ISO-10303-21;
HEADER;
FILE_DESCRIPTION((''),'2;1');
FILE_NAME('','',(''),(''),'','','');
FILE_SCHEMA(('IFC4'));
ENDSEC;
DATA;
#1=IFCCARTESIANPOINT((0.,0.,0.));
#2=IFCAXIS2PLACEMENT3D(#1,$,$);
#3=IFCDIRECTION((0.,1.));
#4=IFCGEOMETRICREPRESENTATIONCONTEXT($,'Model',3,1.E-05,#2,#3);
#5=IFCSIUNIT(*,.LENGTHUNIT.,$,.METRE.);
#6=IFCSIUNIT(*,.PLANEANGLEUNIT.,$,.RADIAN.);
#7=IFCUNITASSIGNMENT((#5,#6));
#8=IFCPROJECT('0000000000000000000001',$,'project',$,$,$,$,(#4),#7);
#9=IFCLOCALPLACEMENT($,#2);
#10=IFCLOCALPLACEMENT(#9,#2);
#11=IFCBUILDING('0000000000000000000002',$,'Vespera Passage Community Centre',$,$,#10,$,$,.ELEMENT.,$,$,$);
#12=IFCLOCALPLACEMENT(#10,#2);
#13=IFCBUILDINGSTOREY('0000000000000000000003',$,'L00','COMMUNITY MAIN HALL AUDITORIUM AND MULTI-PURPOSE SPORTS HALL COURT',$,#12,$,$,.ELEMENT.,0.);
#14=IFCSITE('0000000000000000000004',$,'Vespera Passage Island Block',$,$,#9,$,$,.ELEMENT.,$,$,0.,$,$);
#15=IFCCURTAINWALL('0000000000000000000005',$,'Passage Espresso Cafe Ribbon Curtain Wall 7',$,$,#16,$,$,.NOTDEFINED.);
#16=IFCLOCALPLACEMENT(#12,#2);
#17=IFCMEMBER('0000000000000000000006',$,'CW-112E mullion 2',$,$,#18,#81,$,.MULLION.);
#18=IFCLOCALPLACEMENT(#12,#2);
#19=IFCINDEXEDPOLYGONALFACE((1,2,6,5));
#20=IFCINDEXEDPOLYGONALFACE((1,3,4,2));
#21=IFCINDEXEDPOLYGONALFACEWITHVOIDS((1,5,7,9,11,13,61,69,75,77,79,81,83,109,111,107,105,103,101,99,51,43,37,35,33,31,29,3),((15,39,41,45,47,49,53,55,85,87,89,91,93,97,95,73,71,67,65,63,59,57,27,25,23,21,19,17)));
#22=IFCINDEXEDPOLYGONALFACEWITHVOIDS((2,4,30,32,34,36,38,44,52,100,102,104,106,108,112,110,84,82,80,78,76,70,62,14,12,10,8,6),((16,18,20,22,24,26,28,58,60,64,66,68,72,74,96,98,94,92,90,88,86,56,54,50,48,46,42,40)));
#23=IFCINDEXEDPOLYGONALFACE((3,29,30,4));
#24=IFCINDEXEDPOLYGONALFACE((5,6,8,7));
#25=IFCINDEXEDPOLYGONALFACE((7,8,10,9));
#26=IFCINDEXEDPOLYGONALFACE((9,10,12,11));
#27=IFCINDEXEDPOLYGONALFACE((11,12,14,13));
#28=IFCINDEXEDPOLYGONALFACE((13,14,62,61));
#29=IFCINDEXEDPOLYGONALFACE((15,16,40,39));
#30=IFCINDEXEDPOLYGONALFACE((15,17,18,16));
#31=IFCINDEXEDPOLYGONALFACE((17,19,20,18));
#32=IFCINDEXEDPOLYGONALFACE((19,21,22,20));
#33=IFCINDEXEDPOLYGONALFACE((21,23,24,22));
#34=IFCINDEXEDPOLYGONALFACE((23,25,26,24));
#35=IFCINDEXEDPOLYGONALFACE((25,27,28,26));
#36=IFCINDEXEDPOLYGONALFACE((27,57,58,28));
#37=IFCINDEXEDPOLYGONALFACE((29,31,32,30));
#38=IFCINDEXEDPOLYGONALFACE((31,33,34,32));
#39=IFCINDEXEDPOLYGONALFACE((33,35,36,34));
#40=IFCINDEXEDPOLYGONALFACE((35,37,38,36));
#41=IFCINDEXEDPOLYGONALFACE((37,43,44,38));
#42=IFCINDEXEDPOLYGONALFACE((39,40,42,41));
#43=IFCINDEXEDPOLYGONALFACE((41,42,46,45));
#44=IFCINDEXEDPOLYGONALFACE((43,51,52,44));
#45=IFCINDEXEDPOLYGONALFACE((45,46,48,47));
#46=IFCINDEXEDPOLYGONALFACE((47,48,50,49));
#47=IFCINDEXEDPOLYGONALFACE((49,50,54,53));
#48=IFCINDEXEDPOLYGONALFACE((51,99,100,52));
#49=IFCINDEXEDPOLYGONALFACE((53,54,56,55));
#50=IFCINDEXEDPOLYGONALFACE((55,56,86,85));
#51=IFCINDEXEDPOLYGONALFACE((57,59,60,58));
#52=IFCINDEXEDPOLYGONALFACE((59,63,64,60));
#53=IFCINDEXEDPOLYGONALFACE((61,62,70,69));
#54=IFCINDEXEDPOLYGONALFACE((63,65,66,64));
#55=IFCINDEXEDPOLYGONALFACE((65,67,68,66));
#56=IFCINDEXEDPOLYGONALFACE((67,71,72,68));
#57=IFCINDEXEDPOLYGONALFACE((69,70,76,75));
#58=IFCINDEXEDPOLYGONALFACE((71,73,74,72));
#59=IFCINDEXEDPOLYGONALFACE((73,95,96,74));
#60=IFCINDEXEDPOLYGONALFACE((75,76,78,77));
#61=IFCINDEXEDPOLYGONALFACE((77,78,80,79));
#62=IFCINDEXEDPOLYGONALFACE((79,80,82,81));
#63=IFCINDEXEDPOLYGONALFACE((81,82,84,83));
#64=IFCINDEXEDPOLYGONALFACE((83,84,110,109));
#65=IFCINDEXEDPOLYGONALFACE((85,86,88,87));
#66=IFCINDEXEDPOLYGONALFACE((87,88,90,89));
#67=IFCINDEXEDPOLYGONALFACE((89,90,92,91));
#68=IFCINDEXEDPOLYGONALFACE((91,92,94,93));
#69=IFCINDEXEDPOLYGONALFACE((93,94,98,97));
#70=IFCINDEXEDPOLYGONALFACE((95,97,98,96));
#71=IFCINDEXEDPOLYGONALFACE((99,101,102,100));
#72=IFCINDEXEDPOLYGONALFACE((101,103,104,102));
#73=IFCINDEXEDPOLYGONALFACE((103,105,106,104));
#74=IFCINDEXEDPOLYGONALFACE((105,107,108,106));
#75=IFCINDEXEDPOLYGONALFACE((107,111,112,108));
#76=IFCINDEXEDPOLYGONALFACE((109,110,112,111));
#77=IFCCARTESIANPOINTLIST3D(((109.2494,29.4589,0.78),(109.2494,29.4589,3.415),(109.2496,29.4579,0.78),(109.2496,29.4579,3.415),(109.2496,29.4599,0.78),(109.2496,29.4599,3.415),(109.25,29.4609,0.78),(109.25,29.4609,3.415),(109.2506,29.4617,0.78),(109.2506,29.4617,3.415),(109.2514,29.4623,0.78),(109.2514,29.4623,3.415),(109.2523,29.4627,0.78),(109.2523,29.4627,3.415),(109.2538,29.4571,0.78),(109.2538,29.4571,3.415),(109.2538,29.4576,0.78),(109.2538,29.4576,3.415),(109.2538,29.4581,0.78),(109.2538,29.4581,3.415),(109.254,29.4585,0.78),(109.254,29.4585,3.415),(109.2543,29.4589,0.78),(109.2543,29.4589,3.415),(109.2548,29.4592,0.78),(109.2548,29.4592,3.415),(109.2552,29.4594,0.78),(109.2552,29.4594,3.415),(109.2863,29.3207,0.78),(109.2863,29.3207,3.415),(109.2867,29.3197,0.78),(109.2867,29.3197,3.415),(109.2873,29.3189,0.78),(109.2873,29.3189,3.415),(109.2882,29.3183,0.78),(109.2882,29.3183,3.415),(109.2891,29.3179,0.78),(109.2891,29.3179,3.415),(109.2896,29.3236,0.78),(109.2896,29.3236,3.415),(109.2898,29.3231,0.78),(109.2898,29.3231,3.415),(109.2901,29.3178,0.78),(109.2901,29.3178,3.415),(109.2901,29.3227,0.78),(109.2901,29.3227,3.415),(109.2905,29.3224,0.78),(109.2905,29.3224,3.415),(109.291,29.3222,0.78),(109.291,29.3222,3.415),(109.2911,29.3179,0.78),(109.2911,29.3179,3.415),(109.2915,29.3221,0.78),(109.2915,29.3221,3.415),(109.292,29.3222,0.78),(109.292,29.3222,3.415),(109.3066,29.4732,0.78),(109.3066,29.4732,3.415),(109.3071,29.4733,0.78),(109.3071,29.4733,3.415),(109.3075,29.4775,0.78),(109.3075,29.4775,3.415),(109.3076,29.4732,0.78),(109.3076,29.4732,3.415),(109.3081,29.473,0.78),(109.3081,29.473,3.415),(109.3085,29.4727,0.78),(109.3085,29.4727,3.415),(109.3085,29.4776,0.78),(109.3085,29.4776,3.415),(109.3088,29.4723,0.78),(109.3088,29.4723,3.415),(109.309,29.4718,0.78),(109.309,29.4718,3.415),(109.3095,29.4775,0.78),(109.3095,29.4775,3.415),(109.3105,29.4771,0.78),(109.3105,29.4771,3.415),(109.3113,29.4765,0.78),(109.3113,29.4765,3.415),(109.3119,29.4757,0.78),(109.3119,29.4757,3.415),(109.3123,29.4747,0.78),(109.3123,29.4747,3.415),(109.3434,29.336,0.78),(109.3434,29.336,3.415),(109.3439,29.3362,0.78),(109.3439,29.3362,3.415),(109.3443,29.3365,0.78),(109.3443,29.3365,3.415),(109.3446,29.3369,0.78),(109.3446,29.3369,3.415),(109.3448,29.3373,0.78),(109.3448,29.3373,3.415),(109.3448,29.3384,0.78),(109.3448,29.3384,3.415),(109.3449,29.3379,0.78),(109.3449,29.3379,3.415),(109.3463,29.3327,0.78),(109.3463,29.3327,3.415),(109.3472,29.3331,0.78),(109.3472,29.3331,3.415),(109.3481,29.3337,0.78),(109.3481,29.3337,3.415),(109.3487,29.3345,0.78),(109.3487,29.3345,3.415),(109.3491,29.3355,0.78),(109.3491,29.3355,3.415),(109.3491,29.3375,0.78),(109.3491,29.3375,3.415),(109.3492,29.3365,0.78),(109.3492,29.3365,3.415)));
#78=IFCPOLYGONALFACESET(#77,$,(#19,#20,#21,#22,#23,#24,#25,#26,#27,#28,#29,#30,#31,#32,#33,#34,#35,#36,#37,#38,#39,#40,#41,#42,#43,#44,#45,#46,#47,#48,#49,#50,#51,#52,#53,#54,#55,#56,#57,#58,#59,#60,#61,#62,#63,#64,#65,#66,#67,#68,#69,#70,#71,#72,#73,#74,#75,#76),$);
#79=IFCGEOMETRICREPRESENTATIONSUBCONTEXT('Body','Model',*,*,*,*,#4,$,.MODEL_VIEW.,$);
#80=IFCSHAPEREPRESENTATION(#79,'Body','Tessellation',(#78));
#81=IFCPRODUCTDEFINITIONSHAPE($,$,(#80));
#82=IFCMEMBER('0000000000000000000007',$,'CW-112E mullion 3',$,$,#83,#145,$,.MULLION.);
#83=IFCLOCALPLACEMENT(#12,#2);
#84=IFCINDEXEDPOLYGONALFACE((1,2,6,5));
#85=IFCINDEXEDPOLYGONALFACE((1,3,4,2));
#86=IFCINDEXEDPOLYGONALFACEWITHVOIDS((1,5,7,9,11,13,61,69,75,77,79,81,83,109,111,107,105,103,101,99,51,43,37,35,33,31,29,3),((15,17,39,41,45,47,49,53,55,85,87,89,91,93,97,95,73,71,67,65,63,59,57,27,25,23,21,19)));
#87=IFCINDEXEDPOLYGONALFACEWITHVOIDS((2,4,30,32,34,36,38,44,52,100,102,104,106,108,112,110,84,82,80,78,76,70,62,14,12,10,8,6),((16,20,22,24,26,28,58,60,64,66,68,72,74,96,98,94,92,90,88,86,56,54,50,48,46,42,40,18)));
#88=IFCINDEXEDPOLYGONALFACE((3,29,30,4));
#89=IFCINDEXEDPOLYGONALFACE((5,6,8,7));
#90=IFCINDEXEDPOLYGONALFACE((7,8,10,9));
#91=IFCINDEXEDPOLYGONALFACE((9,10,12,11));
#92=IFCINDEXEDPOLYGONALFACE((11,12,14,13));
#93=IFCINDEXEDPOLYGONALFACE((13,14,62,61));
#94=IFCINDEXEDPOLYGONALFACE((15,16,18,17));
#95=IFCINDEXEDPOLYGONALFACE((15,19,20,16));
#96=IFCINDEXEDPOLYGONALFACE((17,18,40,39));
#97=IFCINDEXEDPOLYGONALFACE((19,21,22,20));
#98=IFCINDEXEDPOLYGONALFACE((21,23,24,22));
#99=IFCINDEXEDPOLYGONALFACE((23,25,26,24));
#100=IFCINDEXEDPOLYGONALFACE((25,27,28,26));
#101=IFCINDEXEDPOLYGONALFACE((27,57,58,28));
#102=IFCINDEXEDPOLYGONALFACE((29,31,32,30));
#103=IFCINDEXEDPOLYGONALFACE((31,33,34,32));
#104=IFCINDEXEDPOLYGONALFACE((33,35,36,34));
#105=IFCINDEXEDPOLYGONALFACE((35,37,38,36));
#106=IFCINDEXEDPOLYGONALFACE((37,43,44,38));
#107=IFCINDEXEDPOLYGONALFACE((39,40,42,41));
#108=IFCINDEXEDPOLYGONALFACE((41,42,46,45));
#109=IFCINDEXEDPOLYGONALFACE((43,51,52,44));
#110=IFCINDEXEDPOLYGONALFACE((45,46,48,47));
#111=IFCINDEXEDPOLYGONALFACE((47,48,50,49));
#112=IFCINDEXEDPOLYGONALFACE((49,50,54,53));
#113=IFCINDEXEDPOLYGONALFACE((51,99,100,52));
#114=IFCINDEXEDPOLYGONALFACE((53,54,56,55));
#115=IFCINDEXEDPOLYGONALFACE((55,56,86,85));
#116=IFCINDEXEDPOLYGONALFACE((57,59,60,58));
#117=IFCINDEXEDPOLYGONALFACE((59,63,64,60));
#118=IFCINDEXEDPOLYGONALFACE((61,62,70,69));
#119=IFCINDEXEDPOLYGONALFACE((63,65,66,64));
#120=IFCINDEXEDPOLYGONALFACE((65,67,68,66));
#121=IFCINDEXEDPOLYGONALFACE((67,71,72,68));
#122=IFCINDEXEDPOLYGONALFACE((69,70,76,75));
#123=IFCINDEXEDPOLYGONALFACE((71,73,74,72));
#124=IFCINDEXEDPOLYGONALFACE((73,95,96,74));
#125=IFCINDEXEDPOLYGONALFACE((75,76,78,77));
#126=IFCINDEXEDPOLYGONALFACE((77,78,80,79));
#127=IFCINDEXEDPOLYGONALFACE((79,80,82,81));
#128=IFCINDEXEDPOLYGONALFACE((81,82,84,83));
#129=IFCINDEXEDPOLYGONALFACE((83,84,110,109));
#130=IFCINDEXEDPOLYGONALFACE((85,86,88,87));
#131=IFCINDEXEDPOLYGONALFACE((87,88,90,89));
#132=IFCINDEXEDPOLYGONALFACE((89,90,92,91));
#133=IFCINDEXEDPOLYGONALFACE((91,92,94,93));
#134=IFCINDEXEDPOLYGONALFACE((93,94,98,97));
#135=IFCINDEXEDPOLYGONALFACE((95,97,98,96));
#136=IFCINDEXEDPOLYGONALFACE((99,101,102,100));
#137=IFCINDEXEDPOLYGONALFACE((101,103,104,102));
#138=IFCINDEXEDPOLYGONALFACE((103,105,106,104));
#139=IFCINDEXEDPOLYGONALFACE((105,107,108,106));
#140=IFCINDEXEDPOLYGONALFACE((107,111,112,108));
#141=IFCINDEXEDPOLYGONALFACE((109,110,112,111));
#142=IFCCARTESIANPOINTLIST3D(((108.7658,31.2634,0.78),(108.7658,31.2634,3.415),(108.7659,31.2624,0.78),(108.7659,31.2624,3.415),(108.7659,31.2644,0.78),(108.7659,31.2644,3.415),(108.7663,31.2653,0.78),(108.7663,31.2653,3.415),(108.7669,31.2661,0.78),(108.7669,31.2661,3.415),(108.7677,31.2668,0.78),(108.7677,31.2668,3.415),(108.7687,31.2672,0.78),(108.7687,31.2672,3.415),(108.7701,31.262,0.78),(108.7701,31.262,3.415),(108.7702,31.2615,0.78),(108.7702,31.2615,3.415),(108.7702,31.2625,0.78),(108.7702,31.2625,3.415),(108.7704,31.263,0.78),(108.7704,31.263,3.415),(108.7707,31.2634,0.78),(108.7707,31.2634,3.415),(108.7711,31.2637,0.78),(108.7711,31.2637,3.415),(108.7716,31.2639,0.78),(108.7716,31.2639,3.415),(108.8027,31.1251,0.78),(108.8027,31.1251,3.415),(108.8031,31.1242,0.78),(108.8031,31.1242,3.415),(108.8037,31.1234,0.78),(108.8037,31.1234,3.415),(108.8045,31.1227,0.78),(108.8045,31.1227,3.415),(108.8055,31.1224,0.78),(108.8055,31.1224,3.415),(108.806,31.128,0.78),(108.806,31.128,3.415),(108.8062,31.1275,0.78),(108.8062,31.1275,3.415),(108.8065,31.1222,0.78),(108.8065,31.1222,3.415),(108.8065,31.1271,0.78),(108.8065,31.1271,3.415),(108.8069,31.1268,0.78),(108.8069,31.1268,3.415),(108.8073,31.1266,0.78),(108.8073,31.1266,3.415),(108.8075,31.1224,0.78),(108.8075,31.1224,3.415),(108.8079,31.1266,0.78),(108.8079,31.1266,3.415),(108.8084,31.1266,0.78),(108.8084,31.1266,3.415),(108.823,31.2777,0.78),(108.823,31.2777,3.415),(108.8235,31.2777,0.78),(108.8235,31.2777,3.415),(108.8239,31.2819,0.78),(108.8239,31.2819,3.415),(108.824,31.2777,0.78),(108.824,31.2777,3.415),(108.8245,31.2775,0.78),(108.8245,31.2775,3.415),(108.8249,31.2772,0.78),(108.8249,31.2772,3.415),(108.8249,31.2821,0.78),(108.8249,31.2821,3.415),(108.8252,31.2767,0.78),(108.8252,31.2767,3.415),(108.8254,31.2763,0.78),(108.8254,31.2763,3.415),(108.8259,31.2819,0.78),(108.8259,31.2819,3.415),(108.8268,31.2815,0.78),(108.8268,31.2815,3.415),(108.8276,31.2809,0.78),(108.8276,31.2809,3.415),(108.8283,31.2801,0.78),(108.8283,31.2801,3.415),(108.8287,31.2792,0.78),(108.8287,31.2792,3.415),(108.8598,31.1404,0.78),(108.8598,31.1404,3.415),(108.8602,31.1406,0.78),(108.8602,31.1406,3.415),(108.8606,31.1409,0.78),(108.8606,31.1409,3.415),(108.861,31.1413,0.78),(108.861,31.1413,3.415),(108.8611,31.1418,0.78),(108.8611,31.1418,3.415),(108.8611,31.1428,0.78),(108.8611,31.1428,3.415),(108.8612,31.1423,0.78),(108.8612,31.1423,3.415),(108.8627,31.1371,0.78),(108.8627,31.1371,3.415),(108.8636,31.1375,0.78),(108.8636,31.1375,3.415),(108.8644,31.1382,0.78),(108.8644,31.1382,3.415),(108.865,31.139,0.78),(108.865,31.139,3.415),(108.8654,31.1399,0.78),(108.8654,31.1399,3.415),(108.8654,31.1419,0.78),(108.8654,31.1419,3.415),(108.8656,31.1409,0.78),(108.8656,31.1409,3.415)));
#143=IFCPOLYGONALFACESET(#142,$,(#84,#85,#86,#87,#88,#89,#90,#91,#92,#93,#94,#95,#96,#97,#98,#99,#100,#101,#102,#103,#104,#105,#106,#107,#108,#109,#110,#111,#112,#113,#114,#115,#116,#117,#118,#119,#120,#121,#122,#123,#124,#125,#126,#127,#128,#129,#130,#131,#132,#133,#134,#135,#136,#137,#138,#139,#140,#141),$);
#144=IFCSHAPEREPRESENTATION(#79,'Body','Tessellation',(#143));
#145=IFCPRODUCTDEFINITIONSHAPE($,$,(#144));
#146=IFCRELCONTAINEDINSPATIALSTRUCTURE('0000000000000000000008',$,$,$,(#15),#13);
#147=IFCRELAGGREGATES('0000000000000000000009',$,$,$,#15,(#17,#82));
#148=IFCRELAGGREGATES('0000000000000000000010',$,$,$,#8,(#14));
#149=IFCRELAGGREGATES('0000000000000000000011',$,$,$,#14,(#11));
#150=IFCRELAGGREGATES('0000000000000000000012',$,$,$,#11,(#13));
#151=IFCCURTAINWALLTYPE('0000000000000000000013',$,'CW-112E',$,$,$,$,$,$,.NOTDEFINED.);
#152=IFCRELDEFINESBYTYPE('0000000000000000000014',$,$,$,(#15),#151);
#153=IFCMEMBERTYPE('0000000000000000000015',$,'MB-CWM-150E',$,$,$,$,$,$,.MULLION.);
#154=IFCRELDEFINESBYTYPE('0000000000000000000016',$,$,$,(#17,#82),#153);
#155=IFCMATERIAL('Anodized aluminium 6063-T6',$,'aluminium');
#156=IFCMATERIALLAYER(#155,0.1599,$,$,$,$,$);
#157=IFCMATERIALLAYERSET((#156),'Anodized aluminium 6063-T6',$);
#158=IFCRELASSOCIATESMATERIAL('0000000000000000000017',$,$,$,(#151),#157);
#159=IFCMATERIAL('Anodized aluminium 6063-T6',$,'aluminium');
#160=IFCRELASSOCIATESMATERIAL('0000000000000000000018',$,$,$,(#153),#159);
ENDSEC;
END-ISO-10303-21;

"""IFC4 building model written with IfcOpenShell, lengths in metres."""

from ifc_helpers import new_model, si_unit, direction, frame, origin, origin_2d, place, context, subcontext, project, spatial, hollow_rectangle, extrude, material, layer, layer_set, material_profile, profile_set, type_object, element, aggregate, save


model = new_model("IFC4")

# Units and contexts
model_context = context("Model", 3, precision=1e-05, world=origin(), true_north=direction((0.0, 1.0)))
body_context = subcontext(model_context, "Body", "Model", "MODEL_VIEW")
ifc_project = project(units=[si_unit("LENGTHUNIT", "METRE"), si_unit("PLANEANGLEUNIT", "RADIAN")], contexts=[model_context])

# Site, building, storey
site_placement = place(None, origin())
site = spatial("IfcSite", under=ifc_project, at=site_placement, Name="Vespera Passage Island Block", CompositionType="ELEMENT", RefElevation=0.0)
building_placement = place(site_placement, origin())
building = spatial("IfcBuilding", under=site, at=building_placement, Name="Vespera Passage Community Centre", CompositionType="ELEMENT")
storey_placement = place(building_placement, origin())
storey = spatial("IfcBuildingStorey", under=building, at=storey_placement, Name="L00", Description="COMMUNITY MAIN HALL AUDITORIUM AND MULTI-PURPOSE SPORTS HALL COURT", CompositionType="ELEMENT", Elevation=0.0)

# Curtain wall, members
ifc_material_1 = material(Name="Anodized aluminium 6063-T6", Category="aluminium")
ifc_layer_1 = layer(ifc_material_1, 0.1599)
ifc_layer_set_1 = layer_set([ifc_layer_1], Name="Anodized aluminium 6063-T6")
curtain_wall_type = type_object("IfcCurtainWallType", Name="CW-112E", PredefinedType="NOTDEFINED", material=ifc_layer_set_1)
curtain_wall_placement = place(storey_placement, origin())
curtain_wall = element("IfcCurtainWall", 1, at=curtain_wall_placement, inside=storey, type_object=curtain_wall_type, Name="Passage Espresso Cafe Ribbon Curtain Wall 7", PredefinedType="NOTDEFINED")
ifc_material_2 = material(Name="Anodized aluminium 6063-T6", Category="aluminium")
ifc_material_profile_1 = material_profile(ifc_material_2, hollow_rectangle(XDim=0.0649, YDim=0.1499, WallThickness=0.0039, InnerFilletRadius=0.002, OuterFilletRadius=0.0039, at=origin_2d()), Name="ALU150X65X4")
ifc_profile_set_1 = profile_set([ifc_material_profile_1], Name="Anodized aluminium 6063-T6")
member_type_1 = type_object("IfcMemberType", Name="MB-CWM-150E", PredefinedType="MULLION", material=ifc_profile_set_1)
member_1_placement = place(storey_placement, frame((109.2993, 29.3977, 0.78), z_axis=(0.0, 0.0, 1.0), x_axis=(-0.965929, -0.258807, 0.0)))
member_1 = element("IfcMember", 2, at=member_1_placement, type_object=member_type_1, Name="CW-112E mullion 2", PredefinedType="MULLION", context=body_context, shape_type="SweptSolid", body=[
    extrude(hollow_rectangle(XDim=0.0649, YDim=0.1499, WallThickness=0.0039, InnerFilletRadius=0.002, OuterFilletRadius=0.0039, at=origin_2d()), origin(), (0.0, 0.0, 1.0), 2.635),
])
member_2_placement = place(storey_placement, frame((108.8157, 31.2021, 0.78), z_axis=(0.0, 0.0, 1.0), x_axis=(-0.965929, -0.258807, 0.0)))
member_2 = element("IfcMember", 3, at=member_2_placement, type_object=member_type_1, Name="CW-112E mullion 3", PredefinedType="MULLION", context=body_context, shape_type="SweptSolid", body=[
    extrude(hollow_rectangle(XDim=0.0649, YDim=0.1499, WallThickness=0.0039, InnerFilletRadius=0.002, OuterFilletRadius=0.0039, at=origin_2d()), origin(), (0.0, 0.0, 1.0), 2.635),
])
aggregate(curtain_wall, [member_1, member_2])

save(model, "model.ifc")
